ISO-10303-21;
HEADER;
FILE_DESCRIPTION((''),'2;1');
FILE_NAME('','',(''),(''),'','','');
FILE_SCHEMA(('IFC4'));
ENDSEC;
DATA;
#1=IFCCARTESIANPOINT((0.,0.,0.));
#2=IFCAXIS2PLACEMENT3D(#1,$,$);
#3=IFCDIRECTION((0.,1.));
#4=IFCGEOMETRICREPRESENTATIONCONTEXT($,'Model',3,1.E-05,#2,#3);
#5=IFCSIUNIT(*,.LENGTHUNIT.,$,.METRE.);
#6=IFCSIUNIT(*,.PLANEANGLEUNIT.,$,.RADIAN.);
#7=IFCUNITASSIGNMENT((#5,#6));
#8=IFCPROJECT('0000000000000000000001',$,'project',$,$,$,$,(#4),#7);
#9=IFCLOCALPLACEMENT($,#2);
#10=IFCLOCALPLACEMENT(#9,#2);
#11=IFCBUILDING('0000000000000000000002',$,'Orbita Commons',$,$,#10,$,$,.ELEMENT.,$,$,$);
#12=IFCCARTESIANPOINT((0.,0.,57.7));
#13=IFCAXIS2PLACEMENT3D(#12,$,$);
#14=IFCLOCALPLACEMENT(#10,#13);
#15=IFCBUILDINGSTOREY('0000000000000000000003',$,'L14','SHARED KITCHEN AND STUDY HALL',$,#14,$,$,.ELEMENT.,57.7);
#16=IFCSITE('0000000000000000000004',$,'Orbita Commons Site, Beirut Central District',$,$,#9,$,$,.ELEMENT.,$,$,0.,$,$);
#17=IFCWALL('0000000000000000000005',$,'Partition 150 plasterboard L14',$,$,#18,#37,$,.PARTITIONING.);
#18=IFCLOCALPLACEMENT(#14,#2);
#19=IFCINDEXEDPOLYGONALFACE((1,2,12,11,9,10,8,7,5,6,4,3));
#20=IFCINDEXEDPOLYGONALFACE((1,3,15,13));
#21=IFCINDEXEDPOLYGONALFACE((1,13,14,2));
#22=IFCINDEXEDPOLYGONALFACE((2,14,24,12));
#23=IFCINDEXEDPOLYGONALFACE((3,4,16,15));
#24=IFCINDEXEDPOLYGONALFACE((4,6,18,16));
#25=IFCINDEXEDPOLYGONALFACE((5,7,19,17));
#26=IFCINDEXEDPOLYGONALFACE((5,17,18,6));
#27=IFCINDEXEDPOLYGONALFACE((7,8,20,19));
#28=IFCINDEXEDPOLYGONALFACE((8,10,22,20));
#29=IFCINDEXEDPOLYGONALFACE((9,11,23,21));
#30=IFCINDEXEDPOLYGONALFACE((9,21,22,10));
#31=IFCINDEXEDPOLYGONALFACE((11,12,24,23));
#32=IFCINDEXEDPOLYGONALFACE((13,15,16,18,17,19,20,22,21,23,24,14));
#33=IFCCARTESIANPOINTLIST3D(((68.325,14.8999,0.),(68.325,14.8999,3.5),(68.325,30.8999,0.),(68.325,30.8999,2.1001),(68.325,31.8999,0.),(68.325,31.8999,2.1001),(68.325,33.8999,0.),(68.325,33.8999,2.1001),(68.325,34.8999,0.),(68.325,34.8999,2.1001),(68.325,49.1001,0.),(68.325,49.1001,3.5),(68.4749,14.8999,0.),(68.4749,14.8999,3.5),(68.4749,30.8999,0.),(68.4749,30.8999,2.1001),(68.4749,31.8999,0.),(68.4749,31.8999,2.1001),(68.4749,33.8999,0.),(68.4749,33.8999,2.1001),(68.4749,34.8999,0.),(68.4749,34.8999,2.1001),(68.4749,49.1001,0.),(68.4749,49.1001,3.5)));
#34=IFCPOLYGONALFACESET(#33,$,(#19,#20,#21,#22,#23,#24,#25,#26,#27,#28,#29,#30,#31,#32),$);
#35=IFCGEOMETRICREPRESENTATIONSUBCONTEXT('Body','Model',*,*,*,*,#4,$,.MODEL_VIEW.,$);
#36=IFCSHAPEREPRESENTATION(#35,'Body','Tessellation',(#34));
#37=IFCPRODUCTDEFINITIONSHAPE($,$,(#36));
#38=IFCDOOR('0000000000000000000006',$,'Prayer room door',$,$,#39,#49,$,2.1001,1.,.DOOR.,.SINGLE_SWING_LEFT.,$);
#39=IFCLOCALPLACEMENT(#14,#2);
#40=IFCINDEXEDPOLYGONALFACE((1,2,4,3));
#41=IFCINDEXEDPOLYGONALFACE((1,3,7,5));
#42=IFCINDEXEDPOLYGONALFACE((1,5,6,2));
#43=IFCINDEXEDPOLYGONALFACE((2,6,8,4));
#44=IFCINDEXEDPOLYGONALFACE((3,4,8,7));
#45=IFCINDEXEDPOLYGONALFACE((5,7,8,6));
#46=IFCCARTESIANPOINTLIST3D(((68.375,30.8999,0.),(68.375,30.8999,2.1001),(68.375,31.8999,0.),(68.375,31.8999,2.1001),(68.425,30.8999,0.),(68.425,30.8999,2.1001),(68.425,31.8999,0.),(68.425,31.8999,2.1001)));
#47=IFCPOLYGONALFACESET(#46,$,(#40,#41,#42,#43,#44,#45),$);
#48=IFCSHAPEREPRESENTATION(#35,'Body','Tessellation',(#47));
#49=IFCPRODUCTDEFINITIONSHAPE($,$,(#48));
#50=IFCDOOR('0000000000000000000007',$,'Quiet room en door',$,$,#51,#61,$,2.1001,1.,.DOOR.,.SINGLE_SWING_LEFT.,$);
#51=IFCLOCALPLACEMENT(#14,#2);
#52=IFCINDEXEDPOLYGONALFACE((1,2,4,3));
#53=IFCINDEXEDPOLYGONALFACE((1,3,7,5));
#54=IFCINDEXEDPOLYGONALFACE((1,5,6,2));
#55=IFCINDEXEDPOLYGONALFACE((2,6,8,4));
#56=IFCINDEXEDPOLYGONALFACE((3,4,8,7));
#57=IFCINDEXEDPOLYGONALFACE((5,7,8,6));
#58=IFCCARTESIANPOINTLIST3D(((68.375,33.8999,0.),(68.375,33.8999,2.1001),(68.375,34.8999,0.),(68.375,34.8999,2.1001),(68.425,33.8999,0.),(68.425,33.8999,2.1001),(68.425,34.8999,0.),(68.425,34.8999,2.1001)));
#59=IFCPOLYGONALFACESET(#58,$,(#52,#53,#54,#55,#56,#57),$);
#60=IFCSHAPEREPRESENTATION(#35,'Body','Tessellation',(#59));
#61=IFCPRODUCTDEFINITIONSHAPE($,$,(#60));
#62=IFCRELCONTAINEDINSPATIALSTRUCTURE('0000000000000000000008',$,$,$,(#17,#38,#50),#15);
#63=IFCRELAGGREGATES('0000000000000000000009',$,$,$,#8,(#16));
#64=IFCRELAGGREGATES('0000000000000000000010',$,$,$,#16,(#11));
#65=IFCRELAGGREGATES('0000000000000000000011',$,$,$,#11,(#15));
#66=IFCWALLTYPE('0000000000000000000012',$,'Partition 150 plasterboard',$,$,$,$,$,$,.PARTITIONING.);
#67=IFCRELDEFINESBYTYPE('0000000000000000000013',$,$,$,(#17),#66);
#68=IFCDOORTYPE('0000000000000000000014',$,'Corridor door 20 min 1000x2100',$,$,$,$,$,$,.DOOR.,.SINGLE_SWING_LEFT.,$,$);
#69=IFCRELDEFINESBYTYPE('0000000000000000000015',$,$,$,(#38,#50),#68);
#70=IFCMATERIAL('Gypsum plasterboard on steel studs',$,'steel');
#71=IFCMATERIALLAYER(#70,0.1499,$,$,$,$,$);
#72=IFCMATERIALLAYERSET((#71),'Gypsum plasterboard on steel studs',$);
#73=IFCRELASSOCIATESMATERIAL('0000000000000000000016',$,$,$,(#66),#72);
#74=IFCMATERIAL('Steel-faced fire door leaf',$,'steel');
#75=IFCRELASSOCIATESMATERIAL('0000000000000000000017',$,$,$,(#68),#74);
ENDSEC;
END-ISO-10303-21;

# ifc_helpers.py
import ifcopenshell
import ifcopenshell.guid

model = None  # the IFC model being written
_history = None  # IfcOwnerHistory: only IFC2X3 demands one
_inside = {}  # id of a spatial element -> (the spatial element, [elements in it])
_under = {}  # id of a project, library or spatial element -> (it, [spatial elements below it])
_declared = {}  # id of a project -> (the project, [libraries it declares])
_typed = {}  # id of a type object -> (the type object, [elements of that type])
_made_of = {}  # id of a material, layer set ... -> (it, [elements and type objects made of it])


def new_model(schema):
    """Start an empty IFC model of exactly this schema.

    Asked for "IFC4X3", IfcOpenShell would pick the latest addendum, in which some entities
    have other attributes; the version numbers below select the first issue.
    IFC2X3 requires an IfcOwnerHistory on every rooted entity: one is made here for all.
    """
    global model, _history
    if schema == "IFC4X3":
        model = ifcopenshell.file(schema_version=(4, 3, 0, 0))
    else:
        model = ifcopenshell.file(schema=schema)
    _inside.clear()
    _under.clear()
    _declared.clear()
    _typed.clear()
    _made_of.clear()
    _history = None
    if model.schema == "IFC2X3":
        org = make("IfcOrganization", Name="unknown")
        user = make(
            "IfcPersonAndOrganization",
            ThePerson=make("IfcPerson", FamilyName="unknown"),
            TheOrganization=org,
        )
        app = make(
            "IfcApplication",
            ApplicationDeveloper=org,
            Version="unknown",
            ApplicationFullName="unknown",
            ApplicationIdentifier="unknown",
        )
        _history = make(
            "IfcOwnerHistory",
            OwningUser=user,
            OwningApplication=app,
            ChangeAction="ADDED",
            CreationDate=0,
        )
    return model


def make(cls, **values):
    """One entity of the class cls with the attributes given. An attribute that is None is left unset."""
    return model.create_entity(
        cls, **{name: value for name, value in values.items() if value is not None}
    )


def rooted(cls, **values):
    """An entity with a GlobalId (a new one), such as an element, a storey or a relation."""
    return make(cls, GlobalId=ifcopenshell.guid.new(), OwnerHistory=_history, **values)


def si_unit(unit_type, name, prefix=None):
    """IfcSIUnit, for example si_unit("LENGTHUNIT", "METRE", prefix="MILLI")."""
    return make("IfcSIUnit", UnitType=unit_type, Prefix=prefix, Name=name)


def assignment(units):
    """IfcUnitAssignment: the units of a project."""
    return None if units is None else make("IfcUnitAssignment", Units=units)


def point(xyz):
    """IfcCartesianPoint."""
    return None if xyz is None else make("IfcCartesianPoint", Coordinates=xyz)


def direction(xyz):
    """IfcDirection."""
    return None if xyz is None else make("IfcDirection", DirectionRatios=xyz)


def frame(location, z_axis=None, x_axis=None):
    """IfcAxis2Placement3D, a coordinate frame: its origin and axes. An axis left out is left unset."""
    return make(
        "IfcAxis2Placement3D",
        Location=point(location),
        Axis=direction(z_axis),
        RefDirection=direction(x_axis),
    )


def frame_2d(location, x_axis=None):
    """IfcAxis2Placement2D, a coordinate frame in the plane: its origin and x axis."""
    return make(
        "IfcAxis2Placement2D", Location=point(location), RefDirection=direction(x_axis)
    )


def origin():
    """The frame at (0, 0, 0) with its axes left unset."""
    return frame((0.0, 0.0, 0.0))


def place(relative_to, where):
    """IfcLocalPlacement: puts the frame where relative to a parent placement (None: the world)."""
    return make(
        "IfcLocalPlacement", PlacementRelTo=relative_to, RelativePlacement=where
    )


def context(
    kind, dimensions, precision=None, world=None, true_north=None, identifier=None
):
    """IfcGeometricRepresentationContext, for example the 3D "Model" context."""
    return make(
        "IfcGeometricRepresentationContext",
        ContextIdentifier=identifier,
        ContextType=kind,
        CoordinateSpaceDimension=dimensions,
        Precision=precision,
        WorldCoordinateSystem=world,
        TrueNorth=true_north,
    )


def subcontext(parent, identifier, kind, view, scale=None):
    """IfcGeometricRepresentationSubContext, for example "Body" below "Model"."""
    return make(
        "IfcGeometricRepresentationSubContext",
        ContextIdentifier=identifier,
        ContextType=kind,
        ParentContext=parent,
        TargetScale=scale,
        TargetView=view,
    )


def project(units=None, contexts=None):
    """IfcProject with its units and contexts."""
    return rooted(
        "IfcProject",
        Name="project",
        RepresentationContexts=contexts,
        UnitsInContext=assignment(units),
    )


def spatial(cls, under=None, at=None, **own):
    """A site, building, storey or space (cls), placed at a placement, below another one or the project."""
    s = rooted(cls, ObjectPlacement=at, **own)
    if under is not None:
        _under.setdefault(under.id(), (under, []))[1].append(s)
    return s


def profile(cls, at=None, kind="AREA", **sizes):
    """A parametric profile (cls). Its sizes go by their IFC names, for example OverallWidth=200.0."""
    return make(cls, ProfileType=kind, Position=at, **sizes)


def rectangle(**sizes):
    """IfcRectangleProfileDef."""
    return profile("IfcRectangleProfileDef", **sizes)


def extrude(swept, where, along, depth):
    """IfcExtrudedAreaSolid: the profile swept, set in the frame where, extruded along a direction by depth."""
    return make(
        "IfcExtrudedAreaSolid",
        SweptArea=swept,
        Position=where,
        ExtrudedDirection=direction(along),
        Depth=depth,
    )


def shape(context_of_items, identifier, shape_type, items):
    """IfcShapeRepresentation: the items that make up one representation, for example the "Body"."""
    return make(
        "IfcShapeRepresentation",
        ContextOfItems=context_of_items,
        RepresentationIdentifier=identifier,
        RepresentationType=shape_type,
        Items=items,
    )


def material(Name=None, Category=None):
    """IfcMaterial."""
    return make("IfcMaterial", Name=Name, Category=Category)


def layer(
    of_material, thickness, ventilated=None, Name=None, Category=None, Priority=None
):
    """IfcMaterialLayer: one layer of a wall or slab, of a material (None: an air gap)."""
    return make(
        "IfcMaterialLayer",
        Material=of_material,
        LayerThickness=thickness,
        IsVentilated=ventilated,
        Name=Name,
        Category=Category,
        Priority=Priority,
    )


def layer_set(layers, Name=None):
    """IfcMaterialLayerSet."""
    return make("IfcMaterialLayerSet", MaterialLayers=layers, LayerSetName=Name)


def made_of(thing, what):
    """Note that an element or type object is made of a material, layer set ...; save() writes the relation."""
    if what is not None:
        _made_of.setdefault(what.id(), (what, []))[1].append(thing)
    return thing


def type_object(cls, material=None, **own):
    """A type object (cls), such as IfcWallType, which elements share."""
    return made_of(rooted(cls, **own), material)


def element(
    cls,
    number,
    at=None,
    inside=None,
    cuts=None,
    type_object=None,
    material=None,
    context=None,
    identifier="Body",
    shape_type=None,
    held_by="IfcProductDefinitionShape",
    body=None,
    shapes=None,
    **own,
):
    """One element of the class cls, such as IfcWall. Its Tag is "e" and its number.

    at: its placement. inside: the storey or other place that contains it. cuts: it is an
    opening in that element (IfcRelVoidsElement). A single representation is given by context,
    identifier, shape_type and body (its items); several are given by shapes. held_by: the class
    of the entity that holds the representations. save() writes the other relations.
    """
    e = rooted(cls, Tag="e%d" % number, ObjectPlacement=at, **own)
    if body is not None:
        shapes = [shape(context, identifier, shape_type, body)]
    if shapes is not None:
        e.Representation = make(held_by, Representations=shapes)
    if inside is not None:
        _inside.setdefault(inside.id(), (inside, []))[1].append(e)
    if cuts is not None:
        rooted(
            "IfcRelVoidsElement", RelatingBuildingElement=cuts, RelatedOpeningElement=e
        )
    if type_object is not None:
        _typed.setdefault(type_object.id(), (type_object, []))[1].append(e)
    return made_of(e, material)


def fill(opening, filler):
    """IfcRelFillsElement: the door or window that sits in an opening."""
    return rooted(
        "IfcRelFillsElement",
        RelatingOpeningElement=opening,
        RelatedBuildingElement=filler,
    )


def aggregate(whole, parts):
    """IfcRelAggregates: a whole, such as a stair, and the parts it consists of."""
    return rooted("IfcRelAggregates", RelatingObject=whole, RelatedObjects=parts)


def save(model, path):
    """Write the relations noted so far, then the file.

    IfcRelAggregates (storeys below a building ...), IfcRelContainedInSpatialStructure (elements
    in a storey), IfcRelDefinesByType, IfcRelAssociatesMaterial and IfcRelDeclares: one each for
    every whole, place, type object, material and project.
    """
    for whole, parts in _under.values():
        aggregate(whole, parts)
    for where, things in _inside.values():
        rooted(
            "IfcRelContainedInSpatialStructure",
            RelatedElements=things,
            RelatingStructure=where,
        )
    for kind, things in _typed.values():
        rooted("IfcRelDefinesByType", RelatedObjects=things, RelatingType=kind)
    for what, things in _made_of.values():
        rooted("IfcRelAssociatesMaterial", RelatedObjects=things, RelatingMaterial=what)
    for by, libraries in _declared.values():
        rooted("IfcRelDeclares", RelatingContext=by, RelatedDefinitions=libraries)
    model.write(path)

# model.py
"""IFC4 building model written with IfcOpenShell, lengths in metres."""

from ifc_helpers import new_model, si_unit, direction, frame, frame_2d, origin, place, context, subcontext, project, spatial, rectangle, extrude, material, layer, layer_set, type_object, element, fill, save


model = new_model("IFC4")

# Units and contexts
model_context = context("Model", 3, precision=1e-05, world=origin(), true_north=direction((0.0, 1.0)))
body_context = subcontext(model_context, "Body", "Model", "MODEL_VIEW")
ifc_project = project(units=[si_unit("LENGTHUNIT", "METRE"), si_unit("PLANEANGLEUNIT", "RADIAN")], contexts=[model_context])

# Site, building, storey
site_placement = place(None, origin())
site = spatial("IfcSite", under=ifc_project, at=site_placement, Name="Orbita Commons Site, Beirut Central District", CompositionType="ELEMENT", RefElevation=0.0)
building_placement = place(site_placement, origin())
building = spatial("IfcBuilding", under=site, at=building_placement, Name="Orbita Commons", CompositionType="ELEMENT")
storey_placement = place(building_placement, frame((0.0, 0.0, 57.7)))
storey = spatial("IfcBuildingStorey", under=building, at=storey_placement, Name="L14", Description="SHARED KITCHEN AND STUDY HALL", CompositionType="ELEMENT", Elevation=57.7)

# Wall, openings, doors
ifc_material_1 = material(Name="Gypsum plasterboard on steel studs", Category="steel")
ifc_layer_1 = layer(ifc_material_1, 0.1499)
ifc_layer_set_1 = layer_set([ifc_layer_1], Name="Gypsum plasterboard on steel studs")
wall_type_1 = type_object("IfcWallType", Name="Partition 150 plasterboard", PredefinedType="PARTITIONING", material=ifc_layer_set_1)
wall_1_placement = place(storey_placement, frame((68.3999, 14.8999, 0.0), z_axis=(0.0, 0.0, 1.0), x_axis=(0.0, 1.0, 0.0)))
wall_1 = element("IfcWall", 1, at=wall_1_placement, inside=storey, type_object=wall_type_1, Name="Partition 150 plasterboard L14", PredefinedType="PARTITIONING", context=body_context, shape_type="SweptSolid", body=[
    extrude(rectangle(XDim=34.2002, YDim=0.1499, at=frame_2d((17.1001, 0.0))), origin(), (0.0, 0.0, 1.0), 3.5),
])
opening_1_placement = place(wall_1_placement, frame((16.0, 0.0, 0.0)))
opening_1 = element("IfcOpeningElement", 2, at=opening_1_placement, cuts=wall_1, PredefinedType="OPENING", context=body_context, shape_type="SweptSolid", body=[
    extrude(rectangle(XDim=1.0, YDim=2.1001, at=frame_2d((0.5, 1.05))), frame((0.0, 0.085, 0.0), z_axis=(0.0, -1.0, 0.0), x_axis=(1.0, 0.0, 0.0)), (0.0, 0.0, 1.0), 0.1699),
])
opening_2_placement = place(wall_1_placement, frame((19.0, 0.0, 0.0)))
opening_2 = element("IfcOpeningElement", 3, at=opening_2_placement, cuts=wall_1, PredefinedType="OPENING", context=body_context, shape_type="SweptSolid", body=[
    extrude(rectangle(XDim=1.0, YDim=2.1001, at=frame_2d((0.5, 1.05))), frame((0.0, 0.085, 0.0), z_axis=(0.0, -1.0, 0.0), x_axis=(1.0, 0.0, 0.0)), (0.0, 0.0, 1.0), 0.1699),
])
ifc_material_2 = material(Name="Steel-faced fire door leaf", Category="steel")
door_type_1 = type_object("IfcDoorType", Name="Corridor door 20 min 1000x2100", OperationType="SINGLE_SWING_LEFT", PredefinedType="DOOR", material=ifc_material_2)
door_1_placement = place(opening_1_placement, origin())
door_1 = element("IfcDoor", 4, at=door_1_placement, inside=storey, type_object=door_type_1, Name="Prayer room door", OperationType="SINGLE_SWING_LEFT", OverallHeight=2.1001, OverallWidth=1.0, PredefinedType="DOOR", context=body_context, shape_type="SweptSolid", body=[
    extrude(rectangle(XDim=1.0, YDim=2.1001, at=frame_2d((0.5, 1.05))), frame((0.0, 0.0249, 0.0), z_axis=(0.0, -1.0, 0.0), x_axis=(1.0, 0.0, 0.0)), (0.0, 0.0, 1.0), 0.05),
])
fill(opening_1, door_1)
door_2_placement = place(opening_2_placement, origin())
door_2 = element("IfcDoor", 5, at=door_2_placement, inside=storey, type_object=door_type_1, Name="Quiet room en door", OperationType="SINGLE_SWING_LEFT", OverallHeight=2.1001, OverallWidth=1.0, PredefinedType="DOOR", context=body_context, shape_type="SweptSolid", body=[
    extrude(rectangle(XDim=1.0, YDim=2.1001, at=frame_2d((0.5, 1.05))), frame((0.0, 0.0249, 0.0), z_axis=(0.0, -1.0, 0.0), x_axis=(1.0, 0.0, 0.0)), (0.0, 0.0, 1.0), 0.05),
])
fill(opening_2, door_2)

save(model, "model.ifc")
